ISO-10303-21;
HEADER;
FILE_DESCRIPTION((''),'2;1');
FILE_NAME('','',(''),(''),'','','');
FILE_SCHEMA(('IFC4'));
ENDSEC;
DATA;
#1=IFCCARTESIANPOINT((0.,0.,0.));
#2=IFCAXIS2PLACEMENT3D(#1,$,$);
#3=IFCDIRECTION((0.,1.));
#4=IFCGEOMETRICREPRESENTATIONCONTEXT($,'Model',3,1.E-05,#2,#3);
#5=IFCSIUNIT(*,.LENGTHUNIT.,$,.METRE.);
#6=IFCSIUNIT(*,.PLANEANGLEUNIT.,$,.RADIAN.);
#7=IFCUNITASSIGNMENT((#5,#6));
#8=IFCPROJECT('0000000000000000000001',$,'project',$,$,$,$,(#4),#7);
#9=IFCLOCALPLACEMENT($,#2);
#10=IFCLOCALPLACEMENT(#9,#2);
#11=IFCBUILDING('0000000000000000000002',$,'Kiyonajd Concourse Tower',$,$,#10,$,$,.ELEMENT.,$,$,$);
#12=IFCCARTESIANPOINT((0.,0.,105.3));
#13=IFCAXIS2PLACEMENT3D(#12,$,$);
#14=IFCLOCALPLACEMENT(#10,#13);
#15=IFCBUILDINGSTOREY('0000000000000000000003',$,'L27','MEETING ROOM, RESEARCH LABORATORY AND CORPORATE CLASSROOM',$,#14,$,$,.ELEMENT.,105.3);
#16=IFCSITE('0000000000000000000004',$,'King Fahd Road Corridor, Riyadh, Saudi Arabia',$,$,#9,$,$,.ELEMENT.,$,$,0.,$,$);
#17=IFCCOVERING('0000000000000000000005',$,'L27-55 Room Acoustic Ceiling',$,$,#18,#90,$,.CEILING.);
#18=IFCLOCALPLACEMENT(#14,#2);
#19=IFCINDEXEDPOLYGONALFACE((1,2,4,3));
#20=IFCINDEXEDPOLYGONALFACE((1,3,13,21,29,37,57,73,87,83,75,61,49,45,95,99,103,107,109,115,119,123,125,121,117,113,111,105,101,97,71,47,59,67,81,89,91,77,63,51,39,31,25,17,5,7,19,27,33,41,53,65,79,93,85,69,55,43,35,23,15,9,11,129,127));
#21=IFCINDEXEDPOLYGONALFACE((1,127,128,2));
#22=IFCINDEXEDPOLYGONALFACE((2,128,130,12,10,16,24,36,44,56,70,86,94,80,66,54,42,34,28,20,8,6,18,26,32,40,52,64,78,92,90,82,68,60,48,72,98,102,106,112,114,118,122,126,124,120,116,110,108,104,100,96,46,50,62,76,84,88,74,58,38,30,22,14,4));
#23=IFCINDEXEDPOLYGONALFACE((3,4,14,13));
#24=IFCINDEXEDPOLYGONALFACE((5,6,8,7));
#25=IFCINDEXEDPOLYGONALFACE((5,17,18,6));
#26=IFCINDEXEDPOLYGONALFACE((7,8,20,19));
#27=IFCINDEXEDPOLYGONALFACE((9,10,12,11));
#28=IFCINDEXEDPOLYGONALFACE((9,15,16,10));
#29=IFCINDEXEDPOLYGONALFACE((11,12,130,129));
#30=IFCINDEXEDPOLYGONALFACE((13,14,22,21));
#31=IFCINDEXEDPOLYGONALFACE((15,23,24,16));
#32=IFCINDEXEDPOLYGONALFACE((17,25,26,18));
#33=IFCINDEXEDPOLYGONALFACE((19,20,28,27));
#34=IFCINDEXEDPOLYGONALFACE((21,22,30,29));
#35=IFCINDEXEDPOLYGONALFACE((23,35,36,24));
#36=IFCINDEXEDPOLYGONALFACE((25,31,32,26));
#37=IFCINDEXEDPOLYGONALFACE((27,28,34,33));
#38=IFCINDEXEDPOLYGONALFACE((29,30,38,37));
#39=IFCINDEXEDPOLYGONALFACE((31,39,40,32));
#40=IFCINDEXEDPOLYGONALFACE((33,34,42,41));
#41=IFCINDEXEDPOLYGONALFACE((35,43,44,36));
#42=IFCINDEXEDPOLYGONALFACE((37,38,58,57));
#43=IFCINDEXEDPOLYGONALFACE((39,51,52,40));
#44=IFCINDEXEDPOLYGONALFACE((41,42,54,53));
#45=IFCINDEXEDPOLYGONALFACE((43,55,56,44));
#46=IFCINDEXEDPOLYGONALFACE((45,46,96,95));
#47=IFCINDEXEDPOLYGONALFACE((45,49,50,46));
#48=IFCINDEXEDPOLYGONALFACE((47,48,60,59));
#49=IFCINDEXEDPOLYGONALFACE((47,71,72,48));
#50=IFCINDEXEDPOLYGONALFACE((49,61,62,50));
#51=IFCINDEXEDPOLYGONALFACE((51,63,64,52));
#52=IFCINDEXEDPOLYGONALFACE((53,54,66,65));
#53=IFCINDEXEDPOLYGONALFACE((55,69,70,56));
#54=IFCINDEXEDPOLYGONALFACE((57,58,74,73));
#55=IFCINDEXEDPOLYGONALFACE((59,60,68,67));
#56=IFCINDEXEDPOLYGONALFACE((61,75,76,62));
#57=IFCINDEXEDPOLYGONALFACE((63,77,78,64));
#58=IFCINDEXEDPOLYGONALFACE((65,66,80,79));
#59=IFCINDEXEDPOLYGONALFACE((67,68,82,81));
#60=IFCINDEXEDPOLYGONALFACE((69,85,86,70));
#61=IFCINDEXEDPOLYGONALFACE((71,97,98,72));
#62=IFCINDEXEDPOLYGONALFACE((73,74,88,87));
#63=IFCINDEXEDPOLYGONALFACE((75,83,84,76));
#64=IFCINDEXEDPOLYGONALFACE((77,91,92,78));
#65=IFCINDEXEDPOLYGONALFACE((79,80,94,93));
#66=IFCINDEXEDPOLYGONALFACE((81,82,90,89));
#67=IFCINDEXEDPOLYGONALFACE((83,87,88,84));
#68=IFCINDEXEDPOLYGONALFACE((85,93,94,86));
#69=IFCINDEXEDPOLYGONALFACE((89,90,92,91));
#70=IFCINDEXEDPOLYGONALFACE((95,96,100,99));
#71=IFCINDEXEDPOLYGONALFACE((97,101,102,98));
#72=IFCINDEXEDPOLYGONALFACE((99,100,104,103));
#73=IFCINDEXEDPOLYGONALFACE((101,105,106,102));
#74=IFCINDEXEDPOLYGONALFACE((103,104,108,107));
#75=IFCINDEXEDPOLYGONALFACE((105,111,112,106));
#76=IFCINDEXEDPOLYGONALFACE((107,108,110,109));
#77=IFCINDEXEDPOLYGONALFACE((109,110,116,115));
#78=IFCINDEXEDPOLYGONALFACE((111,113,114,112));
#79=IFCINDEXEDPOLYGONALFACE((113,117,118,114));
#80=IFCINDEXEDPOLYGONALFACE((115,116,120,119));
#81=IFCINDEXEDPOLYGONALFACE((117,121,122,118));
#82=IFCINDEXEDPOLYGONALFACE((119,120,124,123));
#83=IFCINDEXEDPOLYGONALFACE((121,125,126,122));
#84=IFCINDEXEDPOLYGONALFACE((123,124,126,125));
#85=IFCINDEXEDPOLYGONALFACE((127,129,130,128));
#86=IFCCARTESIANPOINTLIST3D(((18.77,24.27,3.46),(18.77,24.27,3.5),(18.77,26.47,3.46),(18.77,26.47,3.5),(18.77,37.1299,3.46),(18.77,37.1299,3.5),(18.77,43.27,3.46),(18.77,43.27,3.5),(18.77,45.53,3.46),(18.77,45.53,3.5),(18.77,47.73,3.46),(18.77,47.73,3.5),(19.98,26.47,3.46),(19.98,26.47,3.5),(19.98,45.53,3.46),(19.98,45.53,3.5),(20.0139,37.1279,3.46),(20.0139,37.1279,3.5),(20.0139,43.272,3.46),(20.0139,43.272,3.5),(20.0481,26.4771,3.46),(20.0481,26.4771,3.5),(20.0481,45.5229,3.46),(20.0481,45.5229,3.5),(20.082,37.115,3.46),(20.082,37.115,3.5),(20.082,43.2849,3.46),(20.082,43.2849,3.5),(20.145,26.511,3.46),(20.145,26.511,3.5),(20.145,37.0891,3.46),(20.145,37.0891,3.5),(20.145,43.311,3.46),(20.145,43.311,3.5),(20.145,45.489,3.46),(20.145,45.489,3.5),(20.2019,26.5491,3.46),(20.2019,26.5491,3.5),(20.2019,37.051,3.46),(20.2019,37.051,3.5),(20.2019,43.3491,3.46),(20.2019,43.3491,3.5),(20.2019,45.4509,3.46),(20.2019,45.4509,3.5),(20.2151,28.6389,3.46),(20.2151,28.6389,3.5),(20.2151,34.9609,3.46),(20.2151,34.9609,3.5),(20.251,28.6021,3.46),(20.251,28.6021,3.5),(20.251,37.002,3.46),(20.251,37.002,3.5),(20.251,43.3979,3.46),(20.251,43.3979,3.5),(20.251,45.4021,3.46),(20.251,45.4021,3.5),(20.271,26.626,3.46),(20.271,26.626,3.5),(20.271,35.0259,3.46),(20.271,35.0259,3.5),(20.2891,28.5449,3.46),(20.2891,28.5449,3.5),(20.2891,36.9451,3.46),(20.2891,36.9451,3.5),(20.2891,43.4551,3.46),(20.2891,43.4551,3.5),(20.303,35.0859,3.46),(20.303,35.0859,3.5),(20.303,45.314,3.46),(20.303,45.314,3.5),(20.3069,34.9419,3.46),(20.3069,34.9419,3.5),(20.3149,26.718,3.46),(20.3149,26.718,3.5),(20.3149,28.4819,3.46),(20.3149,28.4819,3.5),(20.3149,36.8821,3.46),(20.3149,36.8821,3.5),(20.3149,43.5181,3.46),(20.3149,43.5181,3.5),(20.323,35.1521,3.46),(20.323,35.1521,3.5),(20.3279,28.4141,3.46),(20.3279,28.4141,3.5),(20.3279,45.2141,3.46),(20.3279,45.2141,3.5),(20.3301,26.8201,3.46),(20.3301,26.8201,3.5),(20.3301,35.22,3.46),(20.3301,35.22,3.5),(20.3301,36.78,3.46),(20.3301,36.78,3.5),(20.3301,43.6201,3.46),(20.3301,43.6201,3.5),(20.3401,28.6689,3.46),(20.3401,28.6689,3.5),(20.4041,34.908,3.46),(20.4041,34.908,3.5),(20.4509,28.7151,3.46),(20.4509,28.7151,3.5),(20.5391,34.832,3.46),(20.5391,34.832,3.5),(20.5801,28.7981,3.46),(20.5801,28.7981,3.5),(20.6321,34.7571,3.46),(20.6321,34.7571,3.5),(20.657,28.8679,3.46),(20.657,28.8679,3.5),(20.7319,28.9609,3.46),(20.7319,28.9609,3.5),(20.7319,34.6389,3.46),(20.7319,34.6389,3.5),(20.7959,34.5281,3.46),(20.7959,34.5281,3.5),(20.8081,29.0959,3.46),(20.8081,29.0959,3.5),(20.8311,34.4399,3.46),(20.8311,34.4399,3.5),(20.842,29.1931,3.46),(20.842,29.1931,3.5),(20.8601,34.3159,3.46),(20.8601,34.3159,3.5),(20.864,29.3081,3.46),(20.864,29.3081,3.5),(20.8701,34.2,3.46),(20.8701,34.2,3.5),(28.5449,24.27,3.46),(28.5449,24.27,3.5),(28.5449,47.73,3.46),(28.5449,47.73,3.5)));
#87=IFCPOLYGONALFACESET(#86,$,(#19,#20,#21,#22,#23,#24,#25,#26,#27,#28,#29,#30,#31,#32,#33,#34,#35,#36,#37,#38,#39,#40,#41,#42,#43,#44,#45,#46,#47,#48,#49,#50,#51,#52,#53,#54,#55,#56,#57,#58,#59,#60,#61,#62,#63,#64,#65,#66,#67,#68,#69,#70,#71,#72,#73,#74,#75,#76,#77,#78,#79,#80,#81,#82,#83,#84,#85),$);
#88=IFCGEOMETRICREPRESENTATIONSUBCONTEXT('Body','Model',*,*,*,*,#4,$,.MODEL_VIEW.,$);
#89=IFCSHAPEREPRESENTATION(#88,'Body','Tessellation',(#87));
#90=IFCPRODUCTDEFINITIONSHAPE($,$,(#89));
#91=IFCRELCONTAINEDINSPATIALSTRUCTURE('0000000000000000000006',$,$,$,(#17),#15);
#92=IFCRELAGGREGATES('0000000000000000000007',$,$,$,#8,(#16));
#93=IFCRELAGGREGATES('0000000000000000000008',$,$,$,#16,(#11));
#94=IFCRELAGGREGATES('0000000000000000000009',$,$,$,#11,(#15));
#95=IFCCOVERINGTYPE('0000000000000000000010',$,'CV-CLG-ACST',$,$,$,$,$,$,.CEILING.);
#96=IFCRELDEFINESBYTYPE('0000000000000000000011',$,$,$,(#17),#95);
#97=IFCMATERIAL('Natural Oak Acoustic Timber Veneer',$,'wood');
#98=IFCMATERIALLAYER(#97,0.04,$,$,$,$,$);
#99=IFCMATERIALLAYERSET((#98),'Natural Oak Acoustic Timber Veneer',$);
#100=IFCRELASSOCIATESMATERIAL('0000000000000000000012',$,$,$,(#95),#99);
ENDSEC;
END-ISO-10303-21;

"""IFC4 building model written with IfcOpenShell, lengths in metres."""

from ifc_helpers import new_model, si_unit, direction, frame, origin, place, context, subcontext, project, spatial, polyline, outline, extrude, material, layer, layer_set, type_object, element, save


model = new_model("IFC4")

# Units and contexts
model_context = context("Model", 3, precision=1e-05, world=origin(), true_north=direction((0.0, 1.0)))
body_context = subcontext(model_context, "Body", "Model", "MODEL_VIEW")
ifc_project = project(units=[si_unit("LENGTHUNIT", "METRE"), si_unit("PLANEANGLEUNIT", "RADIAN")], contexts=[model_context])

# Site, building, storey
site_placement = place(None, origin())
site = spatial("IfcSite", under=ifc_project, at=site_placement, Name="King Fahd Road Corridor, Riyadh, Saudi Arabia", CompositionType="ELEMENT", RefElevation=0.0)
building_placement = place(site_placement, origin())
building = spatial("IfcBuilding", under=site, at=building_placement, Name="Kiyonajd Concourse Tower", CompositionType="ELEMENT")
storey_placement = place(building_placement, frame((0.0, 0.0, 105.3)))
storey = spatial("IfcBuildingStorey", under=building, at=storey_placement, Name="L27", Description="MEETING ROOM, RESEARCH LABORATORY AND CORPORATE CLASSROOM", CompositionType="ELEMENT", Elevation=105.3)

# Shared definitions
ifc_material_1 = material(Name="Natural Oak Acoustic Timber Veneer", Category="wood")

# Covering
ifc_layer_1 = layer(ifc_material_1, 0.04)
ifc_layer_set_1 = layer_set([ifc_layer_1], Name="Natural Oak Acoustic Timber Veneer")
covering_type = type_object("IfcCoveringType", Name="CV-CLG-ACST", PredefinedType="CEILING", material=ifc_layer_set_1)
covering_1_placement = place(storey_placement, frame((0.0, 0.0, 3.46)))
element("IfcCovering", 1, at=covering_1_placement, inside=storey, type_object=covering_type, Name="L27-55 Room Acoustic Ceiling", PredefinedType="CEILING", context=body_context, shape_type="SweptSolid", body=[
    extrude(outline(polyline([(20.2151, 28.6389), (20.3401, 28.6689), (20.4509, 28.7151), (20.5801, 28.7981), (20.657, 28.8679), (20.7319, 28.9609), (20.8081, 29.0959), (20.842, 29.1931), (20.864, 29.3081), (20.8701, 34.2), (20.8601, 34.3159), (20.8311, 34.4399), (20.7959, 34.5281), (20.7319, 34.6389), (20.6321, 34.7571), (20.5391, 34.832), (20.4041, 34.908), (20.3069, 34.9419), (20.2151, 34.9609), (20.271, 35.0259), (20.303, 35.0859), (20.323, 35.1521), (20.3301, 35.22), (20.3301, 36.78), (20.3149, 36.8821), (20.2891, 36.9451), (20.251, 37.002), (20.2019, 37.051), (20.145, 37.0891), (20.082, 37.115), (20.0139, 37.1279), (18.77, 37.1299), (18.77, 43.27), (20.0139, 43.272), (20.082, 43.2849), (20.145, 43.311), (20.2019, 43.3491), (20.251, 43.3979), (20.2891, 43.4551), (20.3149, 43.5181), (20.3301, 43.6201), (20.3279, 45.2141), (20.303, 45.314), (20.251, 45.4021), (20.2019, 45.4509), (20.145, 45.489), (20.0481, 45.5229), (19.98, 45.53), (18.77, 45.53), (18.77, 47.73), (28.5449, 47.73), (28.5449, 24.27), (18.77, 24.27), (18.77, 26.47), (19.98, 26.47), (20.0481, 26.4771), (20.145, 26.511), (20.2019, 26.5491), (20.271, 26.626), (20.3149, 26.718), (20.3301, 26.8201), (20.3279, 28.4141), (20.3149, 28.4819), (20.2891, 28.5449), (20.251, 28.6021), (20.2151, 28.6389)])), origin(), (0.0, 0.0, 1.0), 0.04),
])

save(model, "model.ifc")
